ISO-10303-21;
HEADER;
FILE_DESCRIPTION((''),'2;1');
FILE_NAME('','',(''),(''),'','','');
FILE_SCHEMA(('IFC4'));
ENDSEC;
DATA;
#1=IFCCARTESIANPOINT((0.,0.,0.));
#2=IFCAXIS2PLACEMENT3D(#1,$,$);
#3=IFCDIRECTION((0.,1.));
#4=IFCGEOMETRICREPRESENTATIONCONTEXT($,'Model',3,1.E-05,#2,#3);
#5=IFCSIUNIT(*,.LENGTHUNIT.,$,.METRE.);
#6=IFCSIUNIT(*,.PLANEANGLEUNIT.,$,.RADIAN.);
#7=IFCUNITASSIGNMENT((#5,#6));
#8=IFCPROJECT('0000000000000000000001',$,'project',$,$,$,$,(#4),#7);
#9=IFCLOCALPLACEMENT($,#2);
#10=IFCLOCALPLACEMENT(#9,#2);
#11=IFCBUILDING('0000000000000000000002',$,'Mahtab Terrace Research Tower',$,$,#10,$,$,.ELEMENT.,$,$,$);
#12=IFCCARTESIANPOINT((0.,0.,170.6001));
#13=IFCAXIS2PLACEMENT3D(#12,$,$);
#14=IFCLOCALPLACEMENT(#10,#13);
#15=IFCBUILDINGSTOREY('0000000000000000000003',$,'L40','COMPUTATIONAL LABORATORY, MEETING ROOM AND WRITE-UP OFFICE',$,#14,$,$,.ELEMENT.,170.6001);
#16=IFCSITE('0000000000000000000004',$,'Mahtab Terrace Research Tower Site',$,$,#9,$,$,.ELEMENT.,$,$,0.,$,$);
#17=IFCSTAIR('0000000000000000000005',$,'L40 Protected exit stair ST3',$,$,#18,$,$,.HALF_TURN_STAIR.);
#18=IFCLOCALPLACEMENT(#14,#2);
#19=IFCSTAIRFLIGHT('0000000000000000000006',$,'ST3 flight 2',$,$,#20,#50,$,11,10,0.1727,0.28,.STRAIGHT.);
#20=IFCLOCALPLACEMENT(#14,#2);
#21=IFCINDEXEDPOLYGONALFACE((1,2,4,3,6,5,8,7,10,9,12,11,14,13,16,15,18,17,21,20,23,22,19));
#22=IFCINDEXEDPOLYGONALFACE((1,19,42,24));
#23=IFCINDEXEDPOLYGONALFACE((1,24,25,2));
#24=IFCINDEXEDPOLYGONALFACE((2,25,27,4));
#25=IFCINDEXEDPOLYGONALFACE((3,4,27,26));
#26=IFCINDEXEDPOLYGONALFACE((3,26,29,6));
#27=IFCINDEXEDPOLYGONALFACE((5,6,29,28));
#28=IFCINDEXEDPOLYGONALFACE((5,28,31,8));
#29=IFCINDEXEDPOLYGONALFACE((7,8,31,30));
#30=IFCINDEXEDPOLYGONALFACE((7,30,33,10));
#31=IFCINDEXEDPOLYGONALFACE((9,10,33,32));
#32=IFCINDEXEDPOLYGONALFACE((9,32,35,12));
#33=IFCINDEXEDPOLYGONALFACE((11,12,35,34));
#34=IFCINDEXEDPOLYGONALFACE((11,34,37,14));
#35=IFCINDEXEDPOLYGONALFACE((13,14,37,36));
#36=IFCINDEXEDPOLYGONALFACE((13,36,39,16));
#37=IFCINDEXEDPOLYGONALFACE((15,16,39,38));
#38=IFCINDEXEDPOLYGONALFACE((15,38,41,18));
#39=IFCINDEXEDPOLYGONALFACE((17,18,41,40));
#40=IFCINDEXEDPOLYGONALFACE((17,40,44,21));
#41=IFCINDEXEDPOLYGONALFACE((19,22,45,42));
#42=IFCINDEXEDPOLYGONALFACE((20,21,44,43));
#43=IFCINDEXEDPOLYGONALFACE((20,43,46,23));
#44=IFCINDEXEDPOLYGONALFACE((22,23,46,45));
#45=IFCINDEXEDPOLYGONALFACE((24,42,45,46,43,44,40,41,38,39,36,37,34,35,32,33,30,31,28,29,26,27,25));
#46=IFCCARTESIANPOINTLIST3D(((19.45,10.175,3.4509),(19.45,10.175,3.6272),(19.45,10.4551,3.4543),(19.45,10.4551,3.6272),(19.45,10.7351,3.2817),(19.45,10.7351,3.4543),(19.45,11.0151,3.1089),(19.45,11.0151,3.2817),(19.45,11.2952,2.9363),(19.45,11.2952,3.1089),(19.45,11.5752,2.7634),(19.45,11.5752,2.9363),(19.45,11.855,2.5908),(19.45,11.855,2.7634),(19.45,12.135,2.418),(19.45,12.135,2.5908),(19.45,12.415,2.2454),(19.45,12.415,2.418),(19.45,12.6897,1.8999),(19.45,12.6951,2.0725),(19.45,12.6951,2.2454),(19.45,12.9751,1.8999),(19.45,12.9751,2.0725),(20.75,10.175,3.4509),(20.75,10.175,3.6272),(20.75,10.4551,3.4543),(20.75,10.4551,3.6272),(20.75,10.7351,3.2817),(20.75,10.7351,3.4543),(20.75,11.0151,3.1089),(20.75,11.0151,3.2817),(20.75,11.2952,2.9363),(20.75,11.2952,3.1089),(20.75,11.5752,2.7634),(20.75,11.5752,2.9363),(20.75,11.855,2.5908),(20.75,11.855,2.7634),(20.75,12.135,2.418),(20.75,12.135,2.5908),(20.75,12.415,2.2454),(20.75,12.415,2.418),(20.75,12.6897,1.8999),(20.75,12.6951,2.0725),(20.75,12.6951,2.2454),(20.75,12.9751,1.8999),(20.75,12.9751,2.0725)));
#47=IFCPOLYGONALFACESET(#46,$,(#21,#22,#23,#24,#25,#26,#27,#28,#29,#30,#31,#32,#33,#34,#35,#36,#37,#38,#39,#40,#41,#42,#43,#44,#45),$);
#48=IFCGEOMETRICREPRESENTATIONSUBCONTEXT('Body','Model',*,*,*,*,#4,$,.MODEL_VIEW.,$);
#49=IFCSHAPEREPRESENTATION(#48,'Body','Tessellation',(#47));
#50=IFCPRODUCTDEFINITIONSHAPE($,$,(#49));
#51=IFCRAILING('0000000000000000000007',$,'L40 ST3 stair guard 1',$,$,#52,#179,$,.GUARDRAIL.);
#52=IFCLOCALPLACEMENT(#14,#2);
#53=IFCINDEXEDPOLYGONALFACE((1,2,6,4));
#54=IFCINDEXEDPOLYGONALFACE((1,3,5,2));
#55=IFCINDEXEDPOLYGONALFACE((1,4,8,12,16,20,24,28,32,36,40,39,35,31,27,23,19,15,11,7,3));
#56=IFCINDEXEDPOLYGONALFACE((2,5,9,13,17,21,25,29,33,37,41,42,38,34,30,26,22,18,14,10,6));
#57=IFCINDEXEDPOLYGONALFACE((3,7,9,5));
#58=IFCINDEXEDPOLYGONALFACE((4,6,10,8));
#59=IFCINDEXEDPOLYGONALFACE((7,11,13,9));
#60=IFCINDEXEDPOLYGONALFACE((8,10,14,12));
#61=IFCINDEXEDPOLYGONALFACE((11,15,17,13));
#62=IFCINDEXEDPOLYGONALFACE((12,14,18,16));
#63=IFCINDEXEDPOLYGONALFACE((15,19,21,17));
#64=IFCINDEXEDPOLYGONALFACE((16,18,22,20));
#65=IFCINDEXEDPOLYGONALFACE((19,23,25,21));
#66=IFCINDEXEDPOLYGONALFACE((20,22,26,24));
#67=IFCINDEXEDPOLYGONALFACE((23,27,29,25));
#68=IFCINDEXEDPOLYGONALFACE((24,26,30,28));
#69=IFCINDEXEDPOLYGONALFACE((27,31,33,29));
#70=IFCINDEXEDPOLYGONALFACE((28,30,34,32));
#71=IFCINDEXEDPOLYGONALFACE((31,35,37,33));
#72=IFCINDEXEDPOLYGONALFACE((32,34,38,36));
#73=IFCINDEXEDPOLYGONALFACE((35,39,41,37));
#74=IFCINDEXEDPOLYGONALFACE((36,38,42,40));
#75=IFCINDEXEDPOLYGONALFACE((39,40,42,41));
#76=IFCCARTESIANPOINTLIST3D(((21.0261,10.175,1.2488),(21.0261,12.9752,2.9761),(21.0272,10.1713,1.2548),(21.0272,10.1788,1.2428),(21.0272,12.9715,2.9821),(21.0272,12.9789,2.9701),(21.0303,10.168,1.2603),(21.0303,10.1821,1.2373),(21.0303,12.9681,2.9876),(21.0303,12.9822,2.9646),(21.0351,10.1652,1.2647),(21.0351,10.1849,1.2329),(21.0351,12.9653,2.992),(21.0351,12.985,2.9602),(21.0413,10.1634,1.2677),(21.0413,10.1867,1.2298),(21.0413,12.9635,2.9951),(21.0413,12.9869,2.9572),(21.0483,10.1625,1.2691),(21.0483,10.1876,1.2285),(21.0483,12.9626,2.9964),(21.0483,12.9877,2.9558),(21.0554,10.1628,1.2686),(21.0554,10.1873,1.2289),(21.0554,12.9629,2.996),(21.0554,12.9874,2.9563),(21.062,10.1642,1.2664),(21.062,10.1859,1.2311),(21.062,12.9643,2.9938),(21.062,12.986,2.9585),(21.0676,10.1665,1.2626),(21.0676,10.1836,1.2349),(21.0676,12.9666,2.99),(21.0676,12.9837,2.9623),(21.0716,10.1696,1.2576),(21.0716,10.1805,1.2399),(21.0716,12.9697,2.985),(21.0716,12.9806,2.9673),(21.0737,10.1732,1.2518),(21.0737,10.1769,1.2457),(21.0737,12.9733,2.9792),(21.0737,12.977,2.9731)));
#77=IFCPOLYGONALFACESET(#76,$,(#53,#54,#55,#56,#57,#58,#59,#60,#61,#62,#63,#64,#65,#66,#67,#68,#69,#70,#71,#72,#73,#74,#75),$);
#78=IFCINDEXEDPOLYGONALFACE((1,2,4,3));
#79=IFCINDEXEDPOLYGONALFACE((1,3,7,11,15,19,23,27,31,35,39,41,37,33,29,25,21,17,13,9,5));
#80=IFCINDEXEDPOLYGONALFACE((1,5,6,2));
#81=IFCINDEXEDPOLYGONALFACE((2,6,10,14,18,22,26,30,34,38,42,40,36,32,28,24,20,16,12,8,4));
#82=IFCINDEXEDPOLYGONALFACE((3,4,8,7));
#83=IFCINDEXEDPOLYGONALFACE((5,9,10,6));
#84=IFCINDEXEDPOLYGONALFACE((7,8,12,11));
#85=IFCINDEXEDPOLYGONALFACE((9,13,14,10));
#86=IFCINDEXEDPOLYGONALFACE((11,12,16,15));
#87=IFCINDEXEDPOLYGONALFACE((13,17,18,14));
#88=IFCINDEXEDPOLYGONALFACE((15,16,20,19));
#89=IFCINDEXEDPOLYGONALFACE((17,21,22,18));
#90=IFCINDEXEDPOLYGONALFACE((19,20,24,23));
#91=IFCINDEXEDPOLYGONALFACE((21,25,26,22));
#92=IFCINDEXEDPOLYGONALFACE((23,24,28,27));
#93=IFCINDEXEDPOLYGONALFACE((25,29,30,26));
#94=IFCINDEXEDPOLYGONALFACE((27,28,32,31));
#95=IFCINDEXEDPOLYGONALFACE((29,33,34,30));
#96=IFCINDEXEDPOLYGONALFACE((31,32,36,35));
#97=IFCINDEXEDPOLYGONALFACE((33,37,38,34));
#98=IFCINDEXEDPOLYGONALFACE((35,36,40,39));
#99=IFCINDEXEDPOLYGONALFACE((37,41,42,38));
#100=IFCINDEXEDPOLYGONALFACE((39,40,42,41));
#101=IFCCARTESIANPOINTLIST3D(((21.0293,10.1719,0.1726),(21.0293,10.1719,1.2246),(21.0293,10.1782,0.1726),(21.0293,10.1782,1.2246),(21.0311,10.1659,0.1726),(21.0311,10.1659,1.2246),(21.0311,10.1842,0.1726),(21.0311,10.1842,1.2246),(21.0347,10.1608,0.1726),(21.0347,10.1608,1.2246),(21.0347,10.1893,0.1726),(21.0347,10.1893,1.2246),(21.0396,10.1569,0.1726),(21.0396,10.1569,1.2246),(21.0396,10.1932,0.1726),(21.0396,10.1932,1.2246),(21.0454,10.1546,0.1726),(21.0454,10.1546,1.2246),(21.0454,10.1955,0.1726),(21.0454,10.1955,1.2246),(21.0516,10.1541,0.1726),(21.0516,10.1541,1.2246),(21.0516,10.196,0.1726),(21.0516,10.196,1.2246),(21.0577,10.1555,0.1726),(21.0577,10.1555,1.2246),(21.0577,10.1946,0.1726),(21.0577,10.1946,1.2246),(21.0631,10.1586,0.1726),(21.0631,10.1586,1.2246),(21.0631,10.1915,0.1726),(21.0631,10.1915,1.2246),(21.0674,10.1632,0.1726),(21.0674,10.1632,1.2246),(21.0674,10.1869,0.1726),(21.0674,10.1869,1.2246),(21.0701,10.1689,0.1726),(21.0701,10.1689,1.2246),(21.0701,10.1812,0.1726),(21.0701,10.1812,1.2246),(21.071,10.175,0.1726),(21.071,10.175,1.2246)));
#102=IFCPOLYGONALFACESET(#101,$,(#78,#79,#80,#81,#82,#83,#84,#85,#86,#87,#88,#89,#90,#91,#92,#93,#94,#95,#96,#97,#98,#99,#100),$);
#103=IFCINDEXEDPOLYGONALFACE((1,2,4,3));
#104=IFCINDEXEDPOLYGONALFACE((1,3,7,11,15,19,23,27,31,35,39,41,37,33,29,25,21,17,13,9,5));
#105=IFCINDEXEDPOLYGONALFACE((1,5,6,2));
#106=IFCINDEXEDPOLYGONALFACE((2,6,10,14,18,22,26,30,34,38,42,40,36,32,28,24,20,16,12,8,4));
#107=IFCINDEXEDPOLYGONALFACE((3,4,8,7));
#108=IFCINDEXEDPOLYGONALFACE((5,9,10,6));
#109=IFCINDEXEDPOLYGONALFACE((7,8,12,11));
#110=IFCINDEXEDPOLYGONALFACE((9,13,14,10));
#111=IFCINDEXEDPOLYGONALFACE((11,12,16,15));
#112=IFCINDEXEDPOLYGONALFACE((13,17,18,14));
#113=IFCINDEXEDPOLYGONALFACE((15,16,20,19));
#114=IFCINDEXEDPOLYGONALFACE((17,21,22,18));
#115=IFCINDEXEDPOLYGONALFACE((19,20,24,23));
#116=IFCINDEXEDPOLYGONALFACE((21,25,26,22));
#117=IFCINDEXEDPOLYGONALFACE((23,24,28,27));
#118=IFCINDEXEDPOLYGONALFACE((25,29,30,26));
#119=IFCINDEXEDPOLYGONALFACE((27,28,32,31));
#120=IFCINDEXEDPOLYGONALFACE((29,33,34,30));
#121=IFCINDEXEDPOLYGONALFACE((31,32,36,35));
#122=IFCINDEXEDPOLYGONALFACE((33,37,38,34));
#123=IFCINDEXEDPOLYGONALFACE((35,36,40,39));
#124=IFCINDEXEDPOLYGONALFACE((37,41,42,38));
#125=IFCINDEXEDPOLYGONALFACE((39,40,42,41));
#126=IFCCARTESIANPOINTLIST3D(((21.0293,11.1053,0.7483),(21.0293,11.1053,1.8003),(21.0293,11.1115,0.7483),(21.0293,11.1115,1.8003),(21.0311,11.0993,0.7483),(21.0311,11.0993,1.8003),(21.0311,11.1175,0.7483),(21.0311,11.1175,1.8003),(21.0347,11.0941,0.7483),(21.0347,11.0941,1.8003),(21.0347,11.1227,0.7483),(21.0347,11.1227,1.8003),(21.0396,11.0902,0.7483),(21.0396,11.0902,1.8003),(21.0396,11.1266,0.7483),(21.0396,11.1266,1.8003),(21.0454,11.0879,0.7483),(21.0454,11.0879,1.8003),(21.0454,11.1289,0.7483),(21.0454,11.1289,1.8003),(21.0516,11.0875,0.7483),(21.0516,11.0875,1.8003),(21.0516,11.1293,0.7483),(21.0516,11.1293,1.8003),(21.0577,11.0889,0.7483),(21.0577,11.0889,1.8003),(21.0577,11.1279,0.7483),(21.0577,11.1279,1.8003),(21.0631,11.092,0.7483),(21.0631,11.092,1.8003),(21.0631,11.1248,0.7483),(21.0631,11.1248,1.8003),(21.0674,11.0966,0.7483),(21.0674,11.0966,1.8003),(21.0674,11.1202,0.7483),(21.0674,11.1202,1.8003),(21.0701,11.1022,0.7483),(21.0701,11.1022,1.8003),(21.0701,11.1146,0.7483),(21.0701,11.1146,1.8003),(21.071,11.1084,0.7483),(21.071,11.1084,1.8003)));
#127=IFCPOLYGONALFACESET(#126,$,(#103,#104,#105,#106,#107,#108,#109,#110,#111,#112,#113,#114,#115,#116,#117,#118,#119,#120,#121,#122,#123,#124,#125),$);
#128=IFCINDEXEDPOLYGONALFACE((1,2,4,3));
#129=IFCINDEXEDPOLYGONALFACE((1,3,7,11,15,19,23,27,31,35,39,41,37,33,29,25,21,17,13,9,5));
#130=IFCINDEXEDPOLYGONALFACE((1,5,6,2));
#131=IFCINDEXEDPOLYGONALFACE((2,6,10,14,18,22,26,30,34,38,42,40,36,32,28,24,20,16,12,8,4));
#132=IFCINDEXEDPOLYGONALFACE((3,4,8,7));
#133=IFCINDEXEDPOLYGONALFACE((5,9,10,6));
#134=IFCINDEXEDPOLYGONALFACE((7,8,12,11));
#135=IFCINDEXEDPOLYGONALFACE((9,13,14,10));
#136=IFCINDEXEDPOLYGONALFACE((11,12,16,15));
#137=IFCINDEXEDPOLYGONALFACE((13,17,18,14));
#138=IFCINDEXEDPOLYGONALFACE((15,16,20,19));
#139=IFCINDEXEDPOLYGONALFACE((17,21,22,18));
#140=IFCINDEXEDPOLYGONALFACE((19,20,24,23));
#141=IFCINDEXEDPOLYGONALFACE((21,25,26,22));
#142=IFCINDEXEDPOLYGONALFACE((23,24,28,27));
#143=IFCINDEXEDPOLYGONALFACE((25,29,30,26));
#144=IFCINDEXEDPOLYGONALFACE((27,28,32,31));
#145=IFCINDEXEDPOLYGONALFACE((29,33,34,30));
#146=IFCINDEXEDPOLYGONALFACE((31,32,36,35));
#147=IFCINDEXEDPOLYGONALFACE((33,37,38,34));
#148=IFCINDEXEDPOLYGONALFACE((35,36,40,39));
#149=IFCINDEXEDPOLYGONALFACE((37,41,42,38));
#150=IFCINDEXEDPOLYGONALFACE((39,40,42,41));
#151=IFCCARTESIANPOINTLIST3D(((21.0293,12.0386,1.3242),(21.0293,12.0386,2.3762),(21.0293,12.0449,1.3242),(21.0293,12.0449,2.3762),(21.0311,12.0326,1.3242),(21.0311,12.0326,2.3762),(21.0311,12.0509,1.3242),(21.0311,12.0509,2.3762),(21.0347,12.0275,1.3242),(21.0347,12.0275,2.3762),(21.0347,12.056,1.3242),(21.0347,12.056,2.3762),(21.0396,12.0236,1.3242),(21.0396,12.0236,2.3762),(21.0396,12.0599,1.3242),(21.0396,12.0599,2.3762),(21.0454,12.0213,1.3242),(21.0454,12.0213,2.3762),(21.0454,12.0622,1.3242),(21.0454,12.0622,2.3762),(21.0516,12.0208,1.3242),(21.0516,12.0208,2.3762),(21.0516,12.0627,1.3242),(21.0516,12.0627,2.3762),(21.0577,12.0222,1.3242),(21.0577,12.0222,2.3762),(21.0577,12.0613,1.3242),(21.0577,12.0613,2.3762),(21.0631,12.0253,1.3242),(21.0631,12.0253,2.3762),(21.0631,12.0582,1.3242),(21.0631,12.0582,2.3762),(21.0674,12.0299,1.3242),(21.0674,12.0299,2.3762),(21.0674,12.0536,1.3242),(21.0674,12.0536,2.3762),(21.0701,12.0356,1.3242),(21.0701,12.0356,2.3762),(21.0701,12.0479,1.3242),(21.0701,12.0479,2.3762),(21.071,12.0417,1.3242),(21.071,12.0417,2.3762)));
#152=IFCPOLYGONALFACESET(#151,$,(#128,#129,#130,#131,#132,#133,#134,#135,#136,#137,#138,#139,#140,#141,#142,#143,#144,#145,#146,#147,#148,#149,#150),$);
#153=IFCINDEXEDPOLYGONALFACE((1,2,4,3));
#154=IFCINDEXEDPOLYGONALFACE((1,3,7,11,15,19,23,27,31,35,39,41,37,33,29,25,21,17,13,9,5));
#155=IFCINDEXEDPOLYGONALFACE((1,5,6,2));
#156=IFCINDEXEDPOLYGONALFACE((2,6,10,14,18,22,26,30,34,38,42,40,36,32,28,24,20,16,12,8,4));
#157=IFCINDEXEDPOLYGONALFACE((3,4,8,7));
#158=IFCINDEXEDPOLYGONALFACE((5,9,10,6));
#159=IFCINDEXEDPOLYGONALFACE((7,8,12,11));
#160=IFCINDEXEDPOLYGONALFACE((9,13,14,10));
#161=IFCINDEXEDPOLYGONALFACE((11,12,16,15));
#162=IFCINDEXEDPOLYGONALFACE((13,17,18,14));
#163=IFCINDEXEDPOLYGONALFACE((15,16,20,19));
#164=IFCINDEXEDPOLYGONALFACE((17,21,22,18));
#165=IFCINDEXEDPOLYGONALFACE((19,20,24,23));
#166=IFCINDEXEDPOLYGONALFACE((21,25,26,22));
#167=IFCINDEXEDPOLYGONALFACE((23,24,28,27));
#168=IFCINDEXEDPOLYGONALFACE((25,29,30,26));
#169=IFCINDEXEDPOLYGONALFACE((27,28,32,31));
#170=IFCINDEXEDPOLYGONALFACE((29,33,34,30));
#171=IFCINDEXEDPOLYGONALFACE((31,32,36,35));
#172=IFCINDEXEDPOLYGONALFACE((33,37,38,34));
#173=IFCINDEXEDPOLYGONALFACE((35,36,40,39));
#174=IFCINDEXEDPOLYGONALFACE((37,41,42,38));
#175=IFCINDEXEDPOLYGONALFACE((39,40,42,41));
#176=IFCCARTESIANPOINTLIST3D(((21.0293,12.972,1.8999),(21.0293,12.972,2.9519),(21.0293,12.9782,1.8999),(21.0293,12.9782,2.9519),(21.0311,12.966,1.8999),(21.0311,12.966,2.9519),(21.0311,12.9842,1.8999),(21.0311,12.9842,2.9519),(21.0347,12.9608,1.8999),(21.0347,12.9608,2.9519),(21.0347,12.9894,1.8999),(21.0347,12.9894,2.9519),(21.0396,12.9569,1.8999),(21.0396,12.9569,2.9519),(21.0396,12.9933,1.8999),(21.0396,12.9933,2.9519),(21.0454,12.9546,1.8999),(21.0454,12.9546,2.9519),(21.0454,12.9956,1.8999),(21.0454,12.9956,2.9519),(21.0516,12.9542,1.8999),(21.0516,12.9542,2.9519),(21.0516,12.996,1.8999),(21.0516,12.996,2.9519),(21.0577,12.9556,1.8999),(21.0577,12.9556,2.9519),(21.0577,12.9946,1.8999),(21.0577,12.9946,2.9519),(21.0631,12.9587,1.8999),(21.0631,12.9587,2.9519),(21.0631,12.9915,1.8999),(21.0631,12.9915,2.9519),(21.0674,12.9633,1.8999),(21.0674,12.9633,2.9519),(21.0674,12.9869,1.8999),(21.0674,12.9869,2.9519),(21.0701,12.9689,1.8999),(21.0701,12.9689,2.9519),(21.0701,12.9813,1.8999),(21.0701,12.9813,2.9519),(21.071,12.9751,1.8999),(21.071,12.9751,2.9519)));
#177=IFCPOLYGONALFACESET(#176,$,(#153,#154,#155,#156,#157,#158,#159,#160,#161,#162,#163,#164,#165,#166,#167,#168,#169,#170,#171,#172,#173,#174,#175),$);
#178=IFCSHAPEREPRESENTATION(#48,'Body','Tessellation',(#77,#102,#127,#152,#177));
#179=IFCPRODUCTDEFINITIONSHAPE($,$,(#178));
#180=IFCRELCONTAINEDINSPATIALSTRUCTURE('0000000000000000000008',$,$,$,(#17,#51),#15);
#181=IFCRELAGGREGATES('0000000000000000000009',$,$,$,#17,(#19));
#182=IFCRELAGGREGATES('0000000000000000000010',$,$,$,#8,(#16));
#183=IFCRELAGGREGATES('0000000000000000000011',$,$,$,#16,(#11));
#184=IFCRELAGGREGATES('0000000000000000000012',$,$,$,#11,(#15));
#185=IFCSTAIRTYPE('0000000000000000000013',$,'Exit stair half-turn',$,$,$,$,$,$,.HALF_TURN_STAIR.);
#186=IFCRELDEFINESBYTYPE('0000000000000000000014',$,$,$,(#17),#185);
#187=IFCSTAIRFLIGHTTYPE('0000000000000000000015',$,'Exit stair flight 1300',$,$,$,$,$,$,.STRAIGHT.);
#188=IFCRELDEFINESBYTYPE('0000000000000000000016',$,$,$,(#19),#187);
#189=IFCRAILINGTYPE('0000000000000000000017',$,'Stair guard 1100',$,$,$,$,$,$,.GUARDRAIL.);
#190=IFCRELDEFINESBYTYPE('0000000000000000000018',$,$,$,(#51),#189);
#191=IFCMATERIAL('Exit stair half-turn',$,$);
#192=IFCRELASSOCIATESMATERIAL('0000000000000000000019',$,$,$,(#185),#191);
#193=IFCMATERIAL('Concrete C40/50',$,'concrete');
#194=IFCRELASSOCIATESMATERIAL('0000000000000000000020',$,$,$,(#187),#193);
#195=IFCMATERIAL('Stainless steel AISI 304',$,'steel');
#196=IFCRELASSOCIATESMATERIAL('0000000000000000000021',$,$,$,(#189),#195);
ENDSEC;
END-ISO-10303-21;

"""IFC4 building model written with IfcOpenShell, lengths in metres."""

from ifc_helpers import new_model, si_unit, direction, frame, origin, origin_2d, place, context, subcontext, project, spatial, polyline, circle, outline, extrude, material, type_object, element, aggregate, save


model = new_model("IFC4")

# Units and contexts
model_context = context("Model", 3, precision=1e-05, world=origin(), true_north=direction((0.0, 1.0)))
body_context = subcontext(model_context, "Body", "Model", "MODEL_VIEW")
ifc_project = project(units=[si_unit("LENGTHUNIT", "METRE"), si_unit("PLANEANGLEUNIT", "RADIAN")], contexts=[model_context])

# Site, building, storey
site_placement = place(None, origin())
site = spatial("IfcSite", under=ifc_project, at=site_placement, Name="Mahtab Terrace Research Tower Site", CompositionType="ELEMENT", RefElevation=0.0)
building_placement = place(site_placement, origin())
building = spatial("IfcBuilding", under=site, at=building_placement, Name="Mahtab Terrace Research Tower", CompositionType="ELEMENT")
storey_placement = place(building_placement, frame((0.0, 0.0, 170.6001)))
storey = spatial("IfcBuildingStorey", under=building, at=storey_placement, Name="L40", Description="COMPUTATIONAL LABORATORY, MEETING ROOM AND WRITE-UP OFFICE", CompositionType="ELEMENT", Elevation=170.6001)

# Shared definitions
ifc_material_1 = material(Name="Stainless steel AISI 304", Category="steel")

# Stair, stair flight
ifc_material_2 = material(Name="Exit stair half-turn")
stair_type = type_object("IfcStairType", Name="Exit stair half-turn", PredefinedType="HALF_TURN_STAIR", material=ifc_material_2)
stair_placement = place(storey_placement, origin())
stair = element("IfcStair", 1, at=stair_placement, inside=storey, type_object=stair_type, Name="L40 Protected exit stair ST3", PredefinedType="HALF_TURN_STAIR")
ifc_material_3 = material(Name="Concrete C40/50", Category="concrete")
stair_flight_type = type_object("IfcStairFlightType", Name="Exit stair flight 1300", PredefinedType="STRAIGHT", material=ifc_material_3)
stair_flight_1_placement = place(storey_placement, frame((20.1001, 12.9751, 1.8999), z_axis=(0.0, 0.0, 1.0), x_axis=(0.0, -1.0, 0.0)))
stair_flight_1 = element("IfcStairFlight", 2, at=stair_flight_1_placement, type_object=stair_flight_type, Name="ST3 flight 2", NumberOfRisers=11, NumberOfTreads=10, PredefinedType="STRAIGHT", RiserHeight=0.1727, TreadLength=0.28, context=body_context, shape_type="SweptSolid", body=[
    extrude(outline(polyline([(0.0, 0.0), (0.0, 0.1726), (0.28, 0.1726), (0.28, 0.3455), (0.5601, 0.3455), (0.5601, 0.5181), (0.8401, 0.5181), (0.8401, 0.6909), (1.1201, 0.6909), (1.1201, 0.8635), (1.3999, 0.8635), (1.3999, 1.0364), (1.6799, 1.0364), (1.6799, 1.209), (1.96, 1.209), (1.96, 1.3818), (2.24, 1.3818), (2.24, 1.5544), (2.52, 1.5544), (2.52, 1.7273), (2.8, 1.7273), (2.8, 1.8999), (2.8, 1.551), (0.2854, 0.0), (0.0, 0.0)])), frame((0.0, 0.6499, 0.0), z_axis=(0.0, -1.0, 0.0), x_axis=(1.0, 0.0, 0.0)), (0.0, 0.0, 1.0), 1.3),
])
aggregate(stair, [stair_flight_1])

# Railing
railing_type_1 = type_object("IfcRailingType", Name="Stair guard 1100", PredefinedType="GUARDRAIL", material=ifc_material_1)
railing_1_placement = place(storey_placement, frame((21.05, 10.175, 0.1726)))
element("IfcRailing", 3, at=railing_1_placement, inside=storey, type_object=railing_type_1, Name="L40 ST3 stair guard 1", PredefinedType="GUARDRAIL", context=body_context, shape_type="SweptSolid", body=[
    extrude(circle(Radius=0.0239, at=origin_2d()), frame((0.0, 0.0, 1.0762), z_axis=(0.0, 0.85109, 0.52502), x_axis=(-1.0, 0.0, 0.0)), (0.0, 0.0, 1.0), 3.29),
    extrude(circle(Radius=0.021, at=origin_2d()), origin(), (0.0, 0.0, 1.0), 1.052),
    extrude(circle(Radius=0.021, at=origin_2d()), frame((0.0, 0.9333, 0.5757)), (0.0, 0.0, 1.0), 1.052),
    extrude(circle(Radius=0.021, at=origin_2d()), frame((0.0, 1.8667, 1.1516)), (0.0, 0.0, 1.0), 1.052),
    extrude(circle(Radius=0.021, at=origin_2d()), frame((0.0, 2.8, 1.7273)), (0.0, 0.0, 1.0), 1.052),
])

save(model, "model.ifc")
